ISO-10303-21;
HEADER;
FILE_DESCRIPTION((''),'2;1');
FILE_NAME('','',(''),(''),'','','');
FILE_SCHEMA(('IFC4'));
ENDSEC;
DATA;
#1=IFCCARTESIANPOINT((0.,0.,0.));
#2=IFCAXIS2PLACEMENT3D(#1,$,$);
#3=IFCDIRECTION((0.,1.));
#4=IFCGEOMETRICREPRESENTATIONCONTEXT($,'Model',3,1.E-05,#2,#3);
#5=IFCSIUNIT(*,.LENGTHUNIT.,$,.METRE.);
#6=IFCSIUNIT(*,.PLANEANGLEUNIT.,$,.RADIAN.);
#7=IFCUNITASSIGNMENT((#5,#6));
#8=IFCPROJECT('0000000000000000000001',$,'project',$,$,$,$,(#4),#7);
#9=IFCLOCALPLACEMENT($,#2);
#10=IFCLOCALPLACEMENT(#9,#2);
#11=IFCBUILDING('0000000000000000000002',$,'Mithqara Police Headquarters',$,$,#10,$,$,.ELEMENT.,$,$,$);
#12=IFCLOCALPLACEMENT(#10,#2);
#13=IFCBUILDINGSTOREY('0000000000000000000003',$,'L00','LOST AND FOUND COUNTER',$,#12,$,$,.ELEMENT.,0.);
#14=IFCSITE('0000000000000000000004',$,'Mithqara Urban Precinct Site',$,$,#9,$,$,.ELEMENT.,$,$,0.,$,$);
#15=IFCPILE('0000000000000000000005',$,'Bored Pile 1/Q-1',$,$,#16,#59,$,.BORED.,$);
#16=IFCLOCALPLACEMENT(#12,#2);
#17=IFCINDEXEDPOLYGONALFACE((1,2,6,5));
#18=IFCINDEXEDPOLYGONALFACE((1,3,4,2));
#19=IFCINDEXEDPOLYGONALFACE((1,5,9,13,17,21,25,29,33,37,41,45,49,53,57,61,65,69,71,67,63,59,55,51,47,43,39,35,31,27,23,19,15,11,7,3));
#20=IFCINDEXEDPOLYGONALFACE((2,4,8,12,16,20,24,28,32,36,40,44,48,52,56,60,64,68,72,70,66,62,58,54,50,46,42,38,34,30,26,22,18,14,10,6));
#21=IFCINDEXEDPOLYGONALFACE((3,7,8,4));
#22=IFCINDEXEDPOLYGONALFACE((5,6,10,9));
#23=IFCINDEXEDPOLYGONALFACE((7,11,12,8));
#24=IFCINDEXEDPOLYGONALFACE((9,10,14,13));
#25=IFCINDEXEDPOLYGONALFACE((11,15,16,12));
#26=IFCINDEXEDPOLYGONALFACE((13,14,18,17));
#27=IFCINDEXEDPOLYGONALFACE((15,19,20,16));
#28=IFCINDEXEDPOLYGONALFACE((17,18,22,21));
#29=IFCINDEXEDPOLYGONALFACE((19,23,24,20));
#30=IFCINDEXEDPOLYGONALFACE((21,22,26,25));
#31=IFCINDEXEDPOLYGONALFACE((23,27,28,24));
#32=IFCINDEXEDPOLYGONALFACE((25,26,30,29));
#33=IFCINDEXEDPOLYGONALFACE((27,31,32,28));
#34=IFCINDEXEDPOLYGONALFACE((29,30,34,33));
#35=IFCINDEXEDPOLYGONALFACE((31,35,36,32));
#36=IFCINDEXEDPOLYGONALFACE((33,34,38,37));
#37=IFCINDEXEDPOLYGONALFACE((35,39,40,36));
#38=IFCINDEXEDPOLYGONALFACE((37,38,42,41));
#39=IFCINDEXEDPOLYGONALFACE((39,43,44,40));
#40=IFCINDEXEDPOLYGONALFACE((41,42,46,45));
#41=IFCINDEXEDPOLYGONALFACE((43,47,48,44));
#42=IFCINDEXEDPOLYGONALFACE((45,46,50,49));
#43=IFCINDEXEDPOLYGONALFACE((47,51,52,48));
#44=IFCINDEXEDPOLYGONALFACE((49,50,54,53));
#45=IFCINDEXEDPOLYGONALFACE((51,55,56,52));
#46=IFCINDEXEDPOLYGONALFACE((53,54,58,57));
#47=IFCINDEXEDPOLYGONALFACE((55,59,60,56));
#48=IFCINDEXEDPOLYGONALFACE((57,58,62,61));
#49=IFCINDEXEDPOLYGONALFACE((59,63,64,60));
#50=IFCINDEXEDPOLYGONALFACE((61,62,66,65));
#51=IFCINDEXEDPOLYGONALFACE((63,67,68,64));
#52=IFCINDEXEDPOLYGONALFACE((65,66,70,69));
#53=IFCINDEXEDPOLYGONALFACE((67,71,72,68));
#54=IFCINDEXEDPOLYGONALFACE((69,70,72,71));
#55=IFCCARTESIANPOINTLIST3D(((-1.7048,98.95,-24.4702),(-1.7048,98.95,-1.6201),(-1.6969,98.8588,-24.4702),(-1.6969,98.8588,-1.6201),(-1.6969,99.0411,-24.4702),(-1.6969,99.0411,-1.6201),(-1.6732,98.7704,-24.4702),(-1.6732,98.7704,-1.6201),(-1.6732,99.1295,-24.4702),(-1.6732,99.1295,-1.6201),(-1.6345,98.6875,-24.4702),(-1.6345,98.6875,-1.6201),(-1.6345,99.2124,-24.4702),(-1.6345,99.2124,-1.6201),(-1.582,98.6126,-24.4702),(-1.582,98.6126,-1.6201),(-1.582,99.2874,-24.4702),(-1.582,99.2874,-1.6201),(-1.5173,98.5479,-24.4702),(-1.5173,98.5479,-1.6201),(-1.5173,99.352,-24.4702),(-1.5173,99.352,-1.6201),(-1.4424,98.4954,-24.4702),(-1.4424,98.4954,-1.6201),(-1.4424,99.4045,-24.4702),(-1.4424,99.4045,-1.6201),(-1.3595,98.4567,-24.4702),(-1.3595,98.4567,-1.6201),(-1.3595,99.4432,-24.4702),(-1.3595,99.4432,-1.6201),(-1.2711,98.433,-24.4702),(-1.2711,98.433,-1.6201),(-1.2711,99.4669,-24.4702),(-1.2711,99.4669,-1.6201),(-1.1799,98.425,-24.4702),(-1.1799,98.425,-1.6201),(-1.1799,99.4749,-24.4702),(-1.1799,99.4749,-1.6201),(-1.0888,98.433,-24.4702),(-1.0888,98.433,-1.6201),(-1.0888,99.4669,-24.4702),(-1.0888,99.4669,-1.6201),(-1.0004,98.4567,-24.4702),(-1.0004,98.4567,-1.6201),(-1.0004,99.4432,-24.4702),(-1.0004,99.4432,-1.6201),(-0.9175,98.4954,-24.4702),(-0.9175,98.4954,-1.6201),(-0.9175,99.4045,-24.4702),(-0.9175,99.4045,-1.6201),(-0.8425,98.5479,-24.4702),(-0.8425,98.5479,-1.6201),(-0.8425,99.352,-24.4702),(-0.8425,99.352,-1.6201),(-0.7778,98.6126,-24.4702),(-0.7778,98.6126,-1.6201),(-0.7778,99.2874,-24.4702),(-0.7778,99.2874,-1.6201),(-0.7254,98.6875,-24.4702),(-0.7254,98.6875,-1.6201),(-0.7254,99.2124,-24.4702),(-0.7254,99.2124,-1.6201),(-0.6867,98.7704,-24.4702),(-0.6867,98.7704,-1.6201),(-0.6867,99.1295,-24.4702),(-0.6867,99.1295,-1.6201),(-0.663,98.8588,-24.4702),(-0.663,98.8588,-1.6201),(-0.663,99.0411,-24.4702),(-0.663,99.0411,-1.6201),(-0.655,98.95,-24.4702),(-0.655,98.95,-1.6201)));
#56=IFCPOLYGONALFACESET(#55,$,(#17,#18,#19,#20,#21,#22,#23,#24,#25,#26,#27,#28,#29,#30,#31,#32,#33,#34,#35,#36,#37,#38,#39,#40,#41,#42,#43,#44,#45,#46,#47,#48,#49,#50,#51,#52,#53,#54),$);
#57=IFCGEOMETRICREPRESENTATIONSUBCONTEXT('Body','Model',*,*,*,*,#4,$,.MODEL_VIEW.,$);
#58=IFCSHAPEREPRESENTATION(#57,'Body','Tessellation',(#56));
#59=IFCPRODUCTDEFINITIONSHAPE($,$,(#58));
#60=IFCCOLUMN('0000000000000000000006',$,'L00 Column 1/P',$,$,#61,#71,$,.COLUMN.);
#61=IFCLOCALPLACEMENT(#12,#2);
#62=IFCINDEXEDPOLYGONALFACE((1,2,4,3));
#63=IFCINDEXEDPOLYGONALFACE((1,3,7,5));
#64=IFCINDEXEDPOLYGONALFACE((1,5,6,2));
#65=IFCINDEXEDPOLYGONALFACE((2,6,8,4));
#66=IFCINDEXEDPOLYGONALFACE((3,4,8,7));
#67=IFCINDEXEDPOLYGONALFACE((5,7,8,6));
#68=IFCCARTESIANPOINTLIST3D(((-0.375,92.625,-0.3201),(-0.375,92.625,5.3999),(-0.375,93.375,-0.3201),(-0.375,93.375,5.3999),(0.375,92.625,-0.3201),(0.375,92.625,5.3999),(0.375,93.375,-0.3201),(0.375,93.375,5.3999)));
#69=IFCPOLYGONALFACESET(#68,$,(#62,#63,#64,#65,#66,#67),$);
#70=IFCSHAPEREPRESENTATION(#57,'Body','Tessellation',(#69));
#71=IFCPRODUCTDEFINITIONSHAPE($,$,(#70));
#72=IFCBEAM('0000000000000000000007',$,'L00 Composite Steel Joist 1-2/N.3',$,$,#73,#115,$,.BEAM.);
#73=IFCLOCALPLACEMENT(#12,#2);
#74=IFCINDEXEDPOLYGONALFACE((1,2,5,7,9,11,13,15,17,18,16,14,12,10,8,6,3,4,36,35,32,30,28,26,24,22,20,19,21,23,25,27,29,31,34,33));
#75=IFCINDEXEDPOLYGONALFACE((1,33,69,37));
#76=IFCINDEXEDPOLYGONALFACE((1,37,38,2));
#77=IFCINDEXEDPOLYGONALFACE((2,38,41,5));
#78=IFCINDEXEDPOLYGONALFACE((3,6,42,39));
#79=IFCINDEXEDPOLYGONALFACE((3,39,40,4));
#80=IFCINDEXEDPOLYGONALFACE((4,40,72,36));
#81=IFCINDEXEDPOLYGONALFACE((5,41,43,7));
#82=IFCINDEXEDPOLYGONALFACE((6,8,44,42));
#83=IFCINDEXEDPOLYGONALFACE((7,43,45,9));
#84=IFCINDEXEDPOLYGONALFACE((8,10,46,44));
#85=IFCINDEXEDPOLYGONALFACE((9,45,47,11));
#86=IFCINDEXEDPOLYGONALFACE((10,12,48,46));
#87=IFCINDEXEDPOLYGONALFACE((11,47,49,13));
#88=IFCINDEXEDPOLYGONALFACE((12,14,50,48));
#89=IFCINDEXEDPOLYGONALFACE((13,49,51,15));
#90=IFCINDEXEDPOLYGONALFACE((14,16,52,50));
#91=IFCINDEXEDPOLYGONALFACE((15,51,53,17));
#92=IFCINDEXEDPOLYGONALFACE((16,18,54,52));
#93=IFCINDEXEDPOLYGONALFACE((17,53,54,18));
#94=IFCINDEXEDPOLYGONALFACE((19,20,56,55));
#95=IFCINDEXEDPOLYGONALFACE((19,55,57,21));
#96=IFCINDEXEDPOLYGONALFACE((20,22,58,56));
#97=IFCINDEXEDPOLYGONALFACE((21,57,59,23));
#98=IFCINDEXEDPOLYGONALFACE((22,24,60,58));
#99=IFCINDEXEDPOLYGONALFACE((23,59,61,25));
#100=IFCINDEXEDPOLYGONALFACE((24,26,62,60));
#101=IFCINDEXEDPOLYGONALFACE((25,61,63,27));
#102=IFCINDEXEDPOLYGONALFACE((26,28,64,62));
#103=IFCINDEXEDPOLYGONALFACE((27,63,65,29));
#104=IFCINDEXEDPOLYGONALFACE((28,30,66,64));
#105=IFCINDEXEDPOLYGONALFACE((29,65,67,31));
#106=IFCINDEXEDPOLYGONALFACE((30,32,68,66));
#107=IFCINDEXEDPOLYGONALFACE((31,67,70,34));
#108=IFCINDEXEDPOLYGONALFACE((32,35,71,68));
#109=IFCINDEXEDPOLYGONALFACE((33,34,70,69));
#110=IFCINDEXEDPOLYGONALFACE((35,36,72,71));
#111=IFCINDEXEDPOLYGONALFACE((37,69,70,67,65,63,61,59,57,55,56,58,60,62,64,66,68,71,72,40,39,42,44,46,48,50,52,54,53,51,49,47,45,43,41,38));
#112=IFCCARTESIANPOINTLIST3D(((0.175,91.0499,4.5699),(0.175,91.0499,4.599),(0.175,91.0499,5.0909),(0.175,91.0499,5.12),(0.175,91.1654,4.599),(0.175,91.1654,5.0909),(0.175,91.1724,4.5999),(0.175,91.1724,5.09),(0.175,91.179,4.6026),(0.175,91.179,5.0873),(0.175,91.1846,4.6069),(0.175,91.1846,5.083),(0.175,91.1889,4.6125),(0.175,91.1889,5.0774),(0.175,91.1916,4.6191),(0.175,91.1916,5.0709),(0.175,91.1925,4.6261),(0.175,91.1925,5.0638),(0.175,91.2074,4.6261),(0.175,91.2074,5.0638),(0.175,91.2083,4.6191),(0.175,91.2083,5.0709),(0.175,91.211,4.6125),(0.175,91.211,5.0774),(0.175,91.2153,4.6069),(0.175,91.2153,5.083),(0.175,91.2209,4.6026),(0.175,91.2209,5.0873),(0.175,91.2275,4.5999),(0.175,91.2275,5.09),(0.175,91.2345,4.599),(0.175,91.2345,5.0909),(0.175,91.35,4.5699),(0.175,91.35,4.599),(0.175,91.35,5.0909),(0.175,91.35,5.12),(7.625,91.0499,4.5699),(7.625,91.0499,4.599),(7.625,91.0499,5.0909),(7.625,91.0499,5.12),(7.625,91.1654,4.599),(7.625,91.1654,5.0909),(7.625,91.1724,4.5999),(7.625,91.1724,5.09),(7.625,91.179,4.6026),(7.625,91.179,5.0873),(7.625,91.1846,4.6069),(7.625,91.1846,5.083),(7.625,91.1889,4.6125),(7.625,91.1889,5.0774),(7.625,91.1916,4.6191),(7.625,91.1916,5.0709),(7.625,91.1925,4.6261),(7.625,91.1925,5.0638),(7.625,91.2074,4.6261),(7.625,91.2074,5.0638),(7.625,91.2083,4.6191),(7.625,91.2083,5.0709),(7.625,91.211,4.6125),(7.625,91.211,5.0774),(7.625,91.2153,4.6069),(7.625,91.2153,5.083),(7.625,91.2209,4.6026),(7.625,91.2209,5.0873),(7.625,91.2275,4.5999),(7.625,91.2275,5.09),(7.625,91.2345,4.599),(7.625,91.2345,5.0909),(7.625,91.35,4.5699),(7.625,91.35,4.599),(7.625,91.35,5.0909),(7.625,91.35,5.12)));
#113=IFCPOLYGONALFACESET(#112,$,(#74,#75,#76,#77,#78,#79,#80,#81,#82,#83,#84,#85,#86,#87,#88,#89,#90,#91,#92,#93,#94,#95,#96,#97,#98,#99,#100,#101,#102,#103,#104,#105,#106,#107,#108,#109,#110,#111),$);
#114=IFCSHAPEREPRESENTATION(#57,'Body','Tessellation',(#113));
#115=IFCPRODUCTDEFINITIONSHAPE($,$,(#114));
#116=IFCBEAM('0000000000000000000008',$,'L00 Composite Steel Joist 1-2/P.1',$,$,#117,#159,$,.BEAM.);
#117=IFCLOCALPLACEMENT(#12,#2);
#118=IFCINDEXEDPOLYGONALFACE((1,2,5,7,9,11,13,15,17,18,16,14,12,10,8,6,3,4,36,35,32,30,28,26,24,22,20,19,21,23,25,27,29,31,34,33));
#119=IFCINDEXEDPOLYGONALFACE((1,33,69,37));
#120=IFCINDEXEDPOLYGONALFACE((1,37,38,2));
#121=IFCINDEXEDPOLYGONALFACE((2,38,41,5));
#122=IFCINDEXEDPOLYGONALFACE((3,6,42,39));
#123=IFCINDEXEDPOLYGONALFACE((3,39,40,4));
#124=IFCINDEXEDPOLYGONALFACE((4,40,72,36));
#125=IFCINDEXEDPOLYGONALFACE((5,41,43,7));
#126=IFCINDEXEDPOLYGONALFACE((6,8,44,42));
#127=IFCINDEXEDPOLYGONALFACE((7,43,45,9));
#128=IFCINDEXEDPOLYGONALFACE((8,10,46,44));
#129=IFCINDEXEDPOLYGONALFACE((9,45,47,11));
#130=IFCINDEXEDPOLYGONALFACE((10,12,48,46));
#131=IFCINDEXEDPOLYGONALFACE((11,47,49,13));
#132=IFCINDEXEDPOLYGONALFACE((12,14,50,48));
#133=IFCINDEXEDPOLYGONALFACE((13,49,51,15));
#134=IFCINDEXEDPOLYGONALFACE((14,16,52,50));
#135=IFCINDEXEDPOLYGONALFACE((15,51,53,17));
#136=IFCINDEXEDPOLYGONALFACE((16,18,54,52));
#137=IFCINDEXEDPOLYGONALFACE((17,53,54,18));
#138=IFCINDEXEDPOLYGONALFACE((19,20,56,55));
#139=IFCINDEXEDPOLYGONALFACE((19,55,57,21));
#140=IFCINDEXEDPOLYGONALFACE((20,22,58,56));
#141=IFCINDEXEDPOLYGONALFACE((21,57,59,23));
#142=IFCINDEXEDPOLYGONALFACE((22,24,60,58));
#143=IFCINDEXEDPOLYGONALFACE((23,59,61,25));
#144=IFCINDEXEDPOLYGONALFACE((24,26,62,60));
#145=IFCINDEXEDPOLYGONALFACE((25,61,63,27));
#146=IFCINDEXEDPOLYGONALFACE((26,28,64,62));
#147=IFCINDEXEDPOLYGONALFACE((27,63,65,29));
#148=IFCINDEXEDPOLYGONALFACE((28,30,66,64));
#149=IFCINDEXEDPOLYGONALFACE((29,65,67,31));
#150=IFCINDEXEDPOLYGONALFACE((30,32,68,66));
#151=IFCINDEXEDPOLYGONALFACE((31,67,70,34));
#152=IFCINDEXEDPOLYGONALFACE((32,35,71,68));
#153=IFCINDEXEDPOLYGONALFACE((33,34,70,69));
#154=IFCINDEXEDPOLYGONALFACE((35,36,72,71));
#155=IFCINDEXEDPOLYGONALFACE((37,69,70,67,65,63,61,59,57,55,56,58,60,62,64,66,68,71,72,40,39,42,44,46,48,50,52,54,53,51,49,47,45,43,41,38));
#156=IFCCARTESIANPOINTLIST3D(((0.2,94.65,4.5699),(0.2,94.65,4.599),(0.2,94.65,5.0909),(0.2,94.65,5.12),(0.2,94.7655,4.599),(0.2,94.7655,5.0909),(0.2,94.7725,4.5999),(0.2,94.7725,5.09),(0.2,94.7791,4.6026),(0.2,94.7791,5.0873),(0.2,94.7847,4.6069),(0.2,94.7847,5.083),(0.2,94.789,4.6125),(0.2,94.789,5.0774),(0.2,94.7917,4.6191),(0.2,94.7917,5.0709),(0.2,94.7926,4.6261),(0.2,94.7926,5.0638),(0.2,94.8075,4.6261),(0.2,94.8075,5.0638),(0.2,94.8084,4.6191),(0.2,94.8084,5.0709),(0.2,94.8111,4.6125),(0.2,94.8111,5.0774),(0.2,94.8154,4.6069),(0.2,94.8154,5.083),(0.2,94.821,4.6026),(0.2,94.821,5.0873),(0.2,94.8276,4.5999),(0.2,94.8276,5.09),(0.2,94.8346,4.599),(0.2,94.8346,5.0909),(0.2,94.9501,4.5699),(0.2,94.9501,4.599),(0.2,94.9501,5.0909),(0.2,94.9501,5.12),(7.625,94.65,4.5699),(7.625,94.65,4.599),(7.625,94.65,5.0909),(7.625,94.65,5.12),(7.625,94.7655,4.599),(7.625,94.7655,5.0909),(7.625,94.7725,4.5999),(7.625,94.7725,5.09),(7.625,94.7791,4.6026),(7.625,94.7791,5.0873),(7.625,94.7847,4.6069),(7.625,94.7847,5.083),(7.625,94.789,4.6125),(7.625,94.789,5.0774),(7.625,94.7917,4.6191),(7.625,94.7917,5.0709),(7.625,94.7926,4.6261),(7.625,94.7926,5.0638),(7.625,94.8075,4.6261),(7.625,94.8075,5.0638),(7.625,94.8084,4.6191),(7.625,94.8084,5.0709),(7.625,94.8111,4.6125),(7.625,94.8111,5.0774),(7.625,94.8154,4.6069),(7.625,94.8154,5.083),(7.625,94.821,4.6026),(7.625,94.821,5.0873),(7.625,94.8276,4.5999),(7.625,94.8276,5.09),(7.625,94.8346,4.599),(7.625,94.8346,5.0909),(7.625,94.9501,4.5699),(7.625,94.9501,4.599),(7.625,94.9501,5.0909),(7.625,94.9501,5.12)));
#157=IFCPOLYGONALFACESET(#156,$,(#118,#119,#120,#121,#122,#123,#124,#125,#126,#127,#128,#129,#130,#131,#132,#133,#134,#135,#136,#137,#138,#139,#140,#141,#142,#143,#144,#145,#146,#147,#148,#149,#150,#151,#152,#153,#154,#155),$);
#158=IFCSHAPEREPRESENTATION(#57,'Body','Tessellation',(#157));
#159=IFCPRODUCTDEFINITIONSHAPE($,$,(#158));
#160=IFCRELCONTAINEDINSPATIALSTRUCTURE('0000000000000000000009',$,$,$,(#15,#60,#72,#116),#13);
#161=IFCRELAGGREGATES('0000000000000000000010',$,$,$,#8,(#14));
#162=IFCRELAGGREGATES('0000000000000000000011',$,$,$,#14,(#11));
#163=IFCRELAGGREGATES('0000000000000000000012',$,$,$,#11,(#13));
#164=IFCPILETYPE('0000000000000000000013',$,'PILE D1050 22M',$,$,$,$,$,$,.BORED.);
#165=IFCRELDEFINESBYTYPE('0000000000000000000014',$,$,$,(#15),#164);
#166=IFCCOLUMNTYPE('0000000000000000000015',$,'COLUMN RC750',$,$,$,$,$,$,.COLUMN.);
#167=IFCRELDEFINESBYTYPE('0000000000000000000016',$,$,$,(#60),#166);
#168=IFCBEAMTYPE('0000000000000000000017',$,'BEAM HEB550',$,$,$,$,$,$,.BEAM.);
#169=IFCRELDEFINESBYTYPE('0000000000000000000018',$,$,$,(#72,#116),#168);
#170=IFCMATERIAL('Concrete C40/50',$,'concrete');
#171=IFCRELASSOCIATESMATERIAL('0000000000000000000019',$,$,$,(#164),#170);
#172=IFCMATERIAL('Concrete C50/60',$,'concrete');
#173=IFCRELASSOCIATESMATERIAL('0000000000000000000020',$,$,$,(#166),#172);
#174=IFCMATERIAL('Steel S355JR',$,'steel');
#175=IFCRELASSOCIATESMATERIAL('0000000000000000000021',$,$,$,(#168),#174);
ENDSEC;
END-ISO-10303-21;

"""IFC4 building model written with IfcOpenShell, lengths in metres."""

from ifc_helpers import new_model, si_unit, direction, frame, origin, origin_2d, place, context, subcontext, project, spatial, rectangle, circle, i_section, extrude, material, material_profile, profile_set, type_object, element, save


model = new_model("IFC4")

# Units and contexts
model_context = context("Model", 3, precision=1e-05, world=origin(), true_north=direction((0.0, 1.0)))
body_context = subcontext(model_context, "Body", "Model", "MODEL_VIEW")
ifc_project = project(units=[si_unit("LENGTHUNIT", "METRE"), si_unit("PLANEANGLEUNIT", "RADIAN")], contexts=[model_context])

# Site, building, storey
site_placement = place(None, origin())
site = spatial("IfcSite", under=ifc_project, at=site_placement, Name="Mithqara Urban Precinct Site", CompositionType="ELEMENT", RefElevation=0.0)
building_placement = place(site_placement, origin())
building = spatial("IfcBuilding", under=site, at=building_placement, Name="Mithqara Police Headquarters", CompositionType="ELEMENT")
storey_placement = place(building_placement, origin())
storey = spatial("IfcBuildingStorey", under=building, at=storey_placement, Name="L00", Description="LOST AND FOUND COUNTER", CompositionType="ELEMENT", Elevation=0.0)

# Shared definitions
ifc_material_1 = material(Name="Concrete C40/50", Category="concrete")

# Pile
ifc_material_profile_1 = material_profile(ifc_material_1, circle(Radius=0.5249, at=origin_2d()), Name="PILE D1050")
ifc_profile_set_1 = profile_set([ifc_material_profile_1], Name="Concrete C40/50")
pile_type = type_object("IfcPileType", Name="PILE D1050 22M", PredefinedType="BORED", material=ifc_profile_set_1)
for number, where, z_axis, x_axis, name in (
    (1, (-1.1799, 98.95, -1.6201), (0.0, 0.0, -1.0), (1.0, 0.0, 0.0), "Bored Pile 1/Q-1"),
):
    element("IfcPile", number, at=place(storey_placement, frame(where, z_axis=z_axis, x_axis=x_axis)), inside=storey, type_object=pile_type, Name=name, PredefinedType="BORED", context=body_context, shape_type="SweptSolid", body=[
        extrude(circle(Radius=0.5249, at=origin_2d()), origin(), (0.0, 0.0, 1.0), 22.8501),
    ])

# Column
ifc_material_2 = material(Name="Concrete C50/60", Category="concrete")
ifc_material_profile_2 = material_profile(ifc_material_2, rectangle(XDim=0.75, YDim=0.75, at=origin_2d()), Name="RC 750x750")
ifc_profile_set_2 = profile_set([ifc_material_profile_2], Name="Concrete C50/60")
column_type = type_object("IfcColumnType", Name="COLUMN RC750", PredefinedType="COLUMN", material=ifc_profile_set_2)
column_placement = place(storey_placement, frame((0.0, 93.0, -0.3201), z_axis=(0.0, 0.0, 1.0), x_axis=(1.0, 0.0, 0.0)))
element("IfcColumn", 2, at=column_placement, inside=storey, type_object=column_type, Name="L00 Column 1/P", PredefinedType="COLUMN", context=body_context, shape_type="SweptSolid", body=[
    extrude(rectangle(XDim=0.75, YDim=0.75, at=origin_2d()), origin(), (0.0, 0.0, 1.0), 5.72),
])

# Beams
ifc_material_3 = material(Name="Steel S355JR", Category="steel")
ifc_material_profile_3 = material_profile(ifc_material_3, i_section(OverallWidth=0.3, OverallDepth=0.55, WebThickness=0.0149, FlangeThickness=0.0291, FilletRadius=0.0271, at=origin_2d()), Name="HEB 550")
ifc_profile_set_3 = profile_set([ifc_material_profile_3], Name="Steel S355JR")
beam_type_1 = type_object("IfcBeamType", Name="BEAM HEB550", PredefinedType="BEAM", material=ifc_profile_set_3)
beam_1_placement = place(storey_placement, frame((0.175, 91.2, 4.845), z_axis=(1.0, 0.0, 0.0), x_axis=(0.0, 1.0, 0.0)))
element("IfcBeam", 3, at=beam_1_placement, inside=storey, type_object=beam_type_1, Name="L00 Composite Steel Joist 1-2/N.3", PredefinedType="BEAM", context=body_context, shape_type="SweptSolid", body=[
    extrude(i_section(OverallWidth=0.3, OverallDepth=0.55, WebThickness=0.0149, FlangeThickness=0.0291, FilletRadius=0.0271, at=origin_2d()), origin(), (0.0, 0.0, 1.0), 7.45),
])
for number, where, z_axis, x_axis, name in (
    (4, (0.2, 94.8, 4.845), (1.0, 0.0, 0.0), (0.0, 1.0, 0.0), "L00 Composite Steel Joist 1-2/P.1"),
):
    element("IfcBeam", number, at=place(storey_placement, frame(where, z_axis=z_axis, x_axis=x_axis)), inside=storey, type_object=beam_type_1, Name=name, PredefinedType="BEAM", context=body_context, shape_type="SweptSolid", body=[
        extrude(i_section(OverallWidth=0.3, OverallDepth=0.55, WebThickness=0.0149, FlangeThickness=0.0291, FilletRadius=0.0271, at=origin_2d()), origin(), (0.0, 0.0, 1.0), 7.425),
    ])

save(model, "model.ifc")
